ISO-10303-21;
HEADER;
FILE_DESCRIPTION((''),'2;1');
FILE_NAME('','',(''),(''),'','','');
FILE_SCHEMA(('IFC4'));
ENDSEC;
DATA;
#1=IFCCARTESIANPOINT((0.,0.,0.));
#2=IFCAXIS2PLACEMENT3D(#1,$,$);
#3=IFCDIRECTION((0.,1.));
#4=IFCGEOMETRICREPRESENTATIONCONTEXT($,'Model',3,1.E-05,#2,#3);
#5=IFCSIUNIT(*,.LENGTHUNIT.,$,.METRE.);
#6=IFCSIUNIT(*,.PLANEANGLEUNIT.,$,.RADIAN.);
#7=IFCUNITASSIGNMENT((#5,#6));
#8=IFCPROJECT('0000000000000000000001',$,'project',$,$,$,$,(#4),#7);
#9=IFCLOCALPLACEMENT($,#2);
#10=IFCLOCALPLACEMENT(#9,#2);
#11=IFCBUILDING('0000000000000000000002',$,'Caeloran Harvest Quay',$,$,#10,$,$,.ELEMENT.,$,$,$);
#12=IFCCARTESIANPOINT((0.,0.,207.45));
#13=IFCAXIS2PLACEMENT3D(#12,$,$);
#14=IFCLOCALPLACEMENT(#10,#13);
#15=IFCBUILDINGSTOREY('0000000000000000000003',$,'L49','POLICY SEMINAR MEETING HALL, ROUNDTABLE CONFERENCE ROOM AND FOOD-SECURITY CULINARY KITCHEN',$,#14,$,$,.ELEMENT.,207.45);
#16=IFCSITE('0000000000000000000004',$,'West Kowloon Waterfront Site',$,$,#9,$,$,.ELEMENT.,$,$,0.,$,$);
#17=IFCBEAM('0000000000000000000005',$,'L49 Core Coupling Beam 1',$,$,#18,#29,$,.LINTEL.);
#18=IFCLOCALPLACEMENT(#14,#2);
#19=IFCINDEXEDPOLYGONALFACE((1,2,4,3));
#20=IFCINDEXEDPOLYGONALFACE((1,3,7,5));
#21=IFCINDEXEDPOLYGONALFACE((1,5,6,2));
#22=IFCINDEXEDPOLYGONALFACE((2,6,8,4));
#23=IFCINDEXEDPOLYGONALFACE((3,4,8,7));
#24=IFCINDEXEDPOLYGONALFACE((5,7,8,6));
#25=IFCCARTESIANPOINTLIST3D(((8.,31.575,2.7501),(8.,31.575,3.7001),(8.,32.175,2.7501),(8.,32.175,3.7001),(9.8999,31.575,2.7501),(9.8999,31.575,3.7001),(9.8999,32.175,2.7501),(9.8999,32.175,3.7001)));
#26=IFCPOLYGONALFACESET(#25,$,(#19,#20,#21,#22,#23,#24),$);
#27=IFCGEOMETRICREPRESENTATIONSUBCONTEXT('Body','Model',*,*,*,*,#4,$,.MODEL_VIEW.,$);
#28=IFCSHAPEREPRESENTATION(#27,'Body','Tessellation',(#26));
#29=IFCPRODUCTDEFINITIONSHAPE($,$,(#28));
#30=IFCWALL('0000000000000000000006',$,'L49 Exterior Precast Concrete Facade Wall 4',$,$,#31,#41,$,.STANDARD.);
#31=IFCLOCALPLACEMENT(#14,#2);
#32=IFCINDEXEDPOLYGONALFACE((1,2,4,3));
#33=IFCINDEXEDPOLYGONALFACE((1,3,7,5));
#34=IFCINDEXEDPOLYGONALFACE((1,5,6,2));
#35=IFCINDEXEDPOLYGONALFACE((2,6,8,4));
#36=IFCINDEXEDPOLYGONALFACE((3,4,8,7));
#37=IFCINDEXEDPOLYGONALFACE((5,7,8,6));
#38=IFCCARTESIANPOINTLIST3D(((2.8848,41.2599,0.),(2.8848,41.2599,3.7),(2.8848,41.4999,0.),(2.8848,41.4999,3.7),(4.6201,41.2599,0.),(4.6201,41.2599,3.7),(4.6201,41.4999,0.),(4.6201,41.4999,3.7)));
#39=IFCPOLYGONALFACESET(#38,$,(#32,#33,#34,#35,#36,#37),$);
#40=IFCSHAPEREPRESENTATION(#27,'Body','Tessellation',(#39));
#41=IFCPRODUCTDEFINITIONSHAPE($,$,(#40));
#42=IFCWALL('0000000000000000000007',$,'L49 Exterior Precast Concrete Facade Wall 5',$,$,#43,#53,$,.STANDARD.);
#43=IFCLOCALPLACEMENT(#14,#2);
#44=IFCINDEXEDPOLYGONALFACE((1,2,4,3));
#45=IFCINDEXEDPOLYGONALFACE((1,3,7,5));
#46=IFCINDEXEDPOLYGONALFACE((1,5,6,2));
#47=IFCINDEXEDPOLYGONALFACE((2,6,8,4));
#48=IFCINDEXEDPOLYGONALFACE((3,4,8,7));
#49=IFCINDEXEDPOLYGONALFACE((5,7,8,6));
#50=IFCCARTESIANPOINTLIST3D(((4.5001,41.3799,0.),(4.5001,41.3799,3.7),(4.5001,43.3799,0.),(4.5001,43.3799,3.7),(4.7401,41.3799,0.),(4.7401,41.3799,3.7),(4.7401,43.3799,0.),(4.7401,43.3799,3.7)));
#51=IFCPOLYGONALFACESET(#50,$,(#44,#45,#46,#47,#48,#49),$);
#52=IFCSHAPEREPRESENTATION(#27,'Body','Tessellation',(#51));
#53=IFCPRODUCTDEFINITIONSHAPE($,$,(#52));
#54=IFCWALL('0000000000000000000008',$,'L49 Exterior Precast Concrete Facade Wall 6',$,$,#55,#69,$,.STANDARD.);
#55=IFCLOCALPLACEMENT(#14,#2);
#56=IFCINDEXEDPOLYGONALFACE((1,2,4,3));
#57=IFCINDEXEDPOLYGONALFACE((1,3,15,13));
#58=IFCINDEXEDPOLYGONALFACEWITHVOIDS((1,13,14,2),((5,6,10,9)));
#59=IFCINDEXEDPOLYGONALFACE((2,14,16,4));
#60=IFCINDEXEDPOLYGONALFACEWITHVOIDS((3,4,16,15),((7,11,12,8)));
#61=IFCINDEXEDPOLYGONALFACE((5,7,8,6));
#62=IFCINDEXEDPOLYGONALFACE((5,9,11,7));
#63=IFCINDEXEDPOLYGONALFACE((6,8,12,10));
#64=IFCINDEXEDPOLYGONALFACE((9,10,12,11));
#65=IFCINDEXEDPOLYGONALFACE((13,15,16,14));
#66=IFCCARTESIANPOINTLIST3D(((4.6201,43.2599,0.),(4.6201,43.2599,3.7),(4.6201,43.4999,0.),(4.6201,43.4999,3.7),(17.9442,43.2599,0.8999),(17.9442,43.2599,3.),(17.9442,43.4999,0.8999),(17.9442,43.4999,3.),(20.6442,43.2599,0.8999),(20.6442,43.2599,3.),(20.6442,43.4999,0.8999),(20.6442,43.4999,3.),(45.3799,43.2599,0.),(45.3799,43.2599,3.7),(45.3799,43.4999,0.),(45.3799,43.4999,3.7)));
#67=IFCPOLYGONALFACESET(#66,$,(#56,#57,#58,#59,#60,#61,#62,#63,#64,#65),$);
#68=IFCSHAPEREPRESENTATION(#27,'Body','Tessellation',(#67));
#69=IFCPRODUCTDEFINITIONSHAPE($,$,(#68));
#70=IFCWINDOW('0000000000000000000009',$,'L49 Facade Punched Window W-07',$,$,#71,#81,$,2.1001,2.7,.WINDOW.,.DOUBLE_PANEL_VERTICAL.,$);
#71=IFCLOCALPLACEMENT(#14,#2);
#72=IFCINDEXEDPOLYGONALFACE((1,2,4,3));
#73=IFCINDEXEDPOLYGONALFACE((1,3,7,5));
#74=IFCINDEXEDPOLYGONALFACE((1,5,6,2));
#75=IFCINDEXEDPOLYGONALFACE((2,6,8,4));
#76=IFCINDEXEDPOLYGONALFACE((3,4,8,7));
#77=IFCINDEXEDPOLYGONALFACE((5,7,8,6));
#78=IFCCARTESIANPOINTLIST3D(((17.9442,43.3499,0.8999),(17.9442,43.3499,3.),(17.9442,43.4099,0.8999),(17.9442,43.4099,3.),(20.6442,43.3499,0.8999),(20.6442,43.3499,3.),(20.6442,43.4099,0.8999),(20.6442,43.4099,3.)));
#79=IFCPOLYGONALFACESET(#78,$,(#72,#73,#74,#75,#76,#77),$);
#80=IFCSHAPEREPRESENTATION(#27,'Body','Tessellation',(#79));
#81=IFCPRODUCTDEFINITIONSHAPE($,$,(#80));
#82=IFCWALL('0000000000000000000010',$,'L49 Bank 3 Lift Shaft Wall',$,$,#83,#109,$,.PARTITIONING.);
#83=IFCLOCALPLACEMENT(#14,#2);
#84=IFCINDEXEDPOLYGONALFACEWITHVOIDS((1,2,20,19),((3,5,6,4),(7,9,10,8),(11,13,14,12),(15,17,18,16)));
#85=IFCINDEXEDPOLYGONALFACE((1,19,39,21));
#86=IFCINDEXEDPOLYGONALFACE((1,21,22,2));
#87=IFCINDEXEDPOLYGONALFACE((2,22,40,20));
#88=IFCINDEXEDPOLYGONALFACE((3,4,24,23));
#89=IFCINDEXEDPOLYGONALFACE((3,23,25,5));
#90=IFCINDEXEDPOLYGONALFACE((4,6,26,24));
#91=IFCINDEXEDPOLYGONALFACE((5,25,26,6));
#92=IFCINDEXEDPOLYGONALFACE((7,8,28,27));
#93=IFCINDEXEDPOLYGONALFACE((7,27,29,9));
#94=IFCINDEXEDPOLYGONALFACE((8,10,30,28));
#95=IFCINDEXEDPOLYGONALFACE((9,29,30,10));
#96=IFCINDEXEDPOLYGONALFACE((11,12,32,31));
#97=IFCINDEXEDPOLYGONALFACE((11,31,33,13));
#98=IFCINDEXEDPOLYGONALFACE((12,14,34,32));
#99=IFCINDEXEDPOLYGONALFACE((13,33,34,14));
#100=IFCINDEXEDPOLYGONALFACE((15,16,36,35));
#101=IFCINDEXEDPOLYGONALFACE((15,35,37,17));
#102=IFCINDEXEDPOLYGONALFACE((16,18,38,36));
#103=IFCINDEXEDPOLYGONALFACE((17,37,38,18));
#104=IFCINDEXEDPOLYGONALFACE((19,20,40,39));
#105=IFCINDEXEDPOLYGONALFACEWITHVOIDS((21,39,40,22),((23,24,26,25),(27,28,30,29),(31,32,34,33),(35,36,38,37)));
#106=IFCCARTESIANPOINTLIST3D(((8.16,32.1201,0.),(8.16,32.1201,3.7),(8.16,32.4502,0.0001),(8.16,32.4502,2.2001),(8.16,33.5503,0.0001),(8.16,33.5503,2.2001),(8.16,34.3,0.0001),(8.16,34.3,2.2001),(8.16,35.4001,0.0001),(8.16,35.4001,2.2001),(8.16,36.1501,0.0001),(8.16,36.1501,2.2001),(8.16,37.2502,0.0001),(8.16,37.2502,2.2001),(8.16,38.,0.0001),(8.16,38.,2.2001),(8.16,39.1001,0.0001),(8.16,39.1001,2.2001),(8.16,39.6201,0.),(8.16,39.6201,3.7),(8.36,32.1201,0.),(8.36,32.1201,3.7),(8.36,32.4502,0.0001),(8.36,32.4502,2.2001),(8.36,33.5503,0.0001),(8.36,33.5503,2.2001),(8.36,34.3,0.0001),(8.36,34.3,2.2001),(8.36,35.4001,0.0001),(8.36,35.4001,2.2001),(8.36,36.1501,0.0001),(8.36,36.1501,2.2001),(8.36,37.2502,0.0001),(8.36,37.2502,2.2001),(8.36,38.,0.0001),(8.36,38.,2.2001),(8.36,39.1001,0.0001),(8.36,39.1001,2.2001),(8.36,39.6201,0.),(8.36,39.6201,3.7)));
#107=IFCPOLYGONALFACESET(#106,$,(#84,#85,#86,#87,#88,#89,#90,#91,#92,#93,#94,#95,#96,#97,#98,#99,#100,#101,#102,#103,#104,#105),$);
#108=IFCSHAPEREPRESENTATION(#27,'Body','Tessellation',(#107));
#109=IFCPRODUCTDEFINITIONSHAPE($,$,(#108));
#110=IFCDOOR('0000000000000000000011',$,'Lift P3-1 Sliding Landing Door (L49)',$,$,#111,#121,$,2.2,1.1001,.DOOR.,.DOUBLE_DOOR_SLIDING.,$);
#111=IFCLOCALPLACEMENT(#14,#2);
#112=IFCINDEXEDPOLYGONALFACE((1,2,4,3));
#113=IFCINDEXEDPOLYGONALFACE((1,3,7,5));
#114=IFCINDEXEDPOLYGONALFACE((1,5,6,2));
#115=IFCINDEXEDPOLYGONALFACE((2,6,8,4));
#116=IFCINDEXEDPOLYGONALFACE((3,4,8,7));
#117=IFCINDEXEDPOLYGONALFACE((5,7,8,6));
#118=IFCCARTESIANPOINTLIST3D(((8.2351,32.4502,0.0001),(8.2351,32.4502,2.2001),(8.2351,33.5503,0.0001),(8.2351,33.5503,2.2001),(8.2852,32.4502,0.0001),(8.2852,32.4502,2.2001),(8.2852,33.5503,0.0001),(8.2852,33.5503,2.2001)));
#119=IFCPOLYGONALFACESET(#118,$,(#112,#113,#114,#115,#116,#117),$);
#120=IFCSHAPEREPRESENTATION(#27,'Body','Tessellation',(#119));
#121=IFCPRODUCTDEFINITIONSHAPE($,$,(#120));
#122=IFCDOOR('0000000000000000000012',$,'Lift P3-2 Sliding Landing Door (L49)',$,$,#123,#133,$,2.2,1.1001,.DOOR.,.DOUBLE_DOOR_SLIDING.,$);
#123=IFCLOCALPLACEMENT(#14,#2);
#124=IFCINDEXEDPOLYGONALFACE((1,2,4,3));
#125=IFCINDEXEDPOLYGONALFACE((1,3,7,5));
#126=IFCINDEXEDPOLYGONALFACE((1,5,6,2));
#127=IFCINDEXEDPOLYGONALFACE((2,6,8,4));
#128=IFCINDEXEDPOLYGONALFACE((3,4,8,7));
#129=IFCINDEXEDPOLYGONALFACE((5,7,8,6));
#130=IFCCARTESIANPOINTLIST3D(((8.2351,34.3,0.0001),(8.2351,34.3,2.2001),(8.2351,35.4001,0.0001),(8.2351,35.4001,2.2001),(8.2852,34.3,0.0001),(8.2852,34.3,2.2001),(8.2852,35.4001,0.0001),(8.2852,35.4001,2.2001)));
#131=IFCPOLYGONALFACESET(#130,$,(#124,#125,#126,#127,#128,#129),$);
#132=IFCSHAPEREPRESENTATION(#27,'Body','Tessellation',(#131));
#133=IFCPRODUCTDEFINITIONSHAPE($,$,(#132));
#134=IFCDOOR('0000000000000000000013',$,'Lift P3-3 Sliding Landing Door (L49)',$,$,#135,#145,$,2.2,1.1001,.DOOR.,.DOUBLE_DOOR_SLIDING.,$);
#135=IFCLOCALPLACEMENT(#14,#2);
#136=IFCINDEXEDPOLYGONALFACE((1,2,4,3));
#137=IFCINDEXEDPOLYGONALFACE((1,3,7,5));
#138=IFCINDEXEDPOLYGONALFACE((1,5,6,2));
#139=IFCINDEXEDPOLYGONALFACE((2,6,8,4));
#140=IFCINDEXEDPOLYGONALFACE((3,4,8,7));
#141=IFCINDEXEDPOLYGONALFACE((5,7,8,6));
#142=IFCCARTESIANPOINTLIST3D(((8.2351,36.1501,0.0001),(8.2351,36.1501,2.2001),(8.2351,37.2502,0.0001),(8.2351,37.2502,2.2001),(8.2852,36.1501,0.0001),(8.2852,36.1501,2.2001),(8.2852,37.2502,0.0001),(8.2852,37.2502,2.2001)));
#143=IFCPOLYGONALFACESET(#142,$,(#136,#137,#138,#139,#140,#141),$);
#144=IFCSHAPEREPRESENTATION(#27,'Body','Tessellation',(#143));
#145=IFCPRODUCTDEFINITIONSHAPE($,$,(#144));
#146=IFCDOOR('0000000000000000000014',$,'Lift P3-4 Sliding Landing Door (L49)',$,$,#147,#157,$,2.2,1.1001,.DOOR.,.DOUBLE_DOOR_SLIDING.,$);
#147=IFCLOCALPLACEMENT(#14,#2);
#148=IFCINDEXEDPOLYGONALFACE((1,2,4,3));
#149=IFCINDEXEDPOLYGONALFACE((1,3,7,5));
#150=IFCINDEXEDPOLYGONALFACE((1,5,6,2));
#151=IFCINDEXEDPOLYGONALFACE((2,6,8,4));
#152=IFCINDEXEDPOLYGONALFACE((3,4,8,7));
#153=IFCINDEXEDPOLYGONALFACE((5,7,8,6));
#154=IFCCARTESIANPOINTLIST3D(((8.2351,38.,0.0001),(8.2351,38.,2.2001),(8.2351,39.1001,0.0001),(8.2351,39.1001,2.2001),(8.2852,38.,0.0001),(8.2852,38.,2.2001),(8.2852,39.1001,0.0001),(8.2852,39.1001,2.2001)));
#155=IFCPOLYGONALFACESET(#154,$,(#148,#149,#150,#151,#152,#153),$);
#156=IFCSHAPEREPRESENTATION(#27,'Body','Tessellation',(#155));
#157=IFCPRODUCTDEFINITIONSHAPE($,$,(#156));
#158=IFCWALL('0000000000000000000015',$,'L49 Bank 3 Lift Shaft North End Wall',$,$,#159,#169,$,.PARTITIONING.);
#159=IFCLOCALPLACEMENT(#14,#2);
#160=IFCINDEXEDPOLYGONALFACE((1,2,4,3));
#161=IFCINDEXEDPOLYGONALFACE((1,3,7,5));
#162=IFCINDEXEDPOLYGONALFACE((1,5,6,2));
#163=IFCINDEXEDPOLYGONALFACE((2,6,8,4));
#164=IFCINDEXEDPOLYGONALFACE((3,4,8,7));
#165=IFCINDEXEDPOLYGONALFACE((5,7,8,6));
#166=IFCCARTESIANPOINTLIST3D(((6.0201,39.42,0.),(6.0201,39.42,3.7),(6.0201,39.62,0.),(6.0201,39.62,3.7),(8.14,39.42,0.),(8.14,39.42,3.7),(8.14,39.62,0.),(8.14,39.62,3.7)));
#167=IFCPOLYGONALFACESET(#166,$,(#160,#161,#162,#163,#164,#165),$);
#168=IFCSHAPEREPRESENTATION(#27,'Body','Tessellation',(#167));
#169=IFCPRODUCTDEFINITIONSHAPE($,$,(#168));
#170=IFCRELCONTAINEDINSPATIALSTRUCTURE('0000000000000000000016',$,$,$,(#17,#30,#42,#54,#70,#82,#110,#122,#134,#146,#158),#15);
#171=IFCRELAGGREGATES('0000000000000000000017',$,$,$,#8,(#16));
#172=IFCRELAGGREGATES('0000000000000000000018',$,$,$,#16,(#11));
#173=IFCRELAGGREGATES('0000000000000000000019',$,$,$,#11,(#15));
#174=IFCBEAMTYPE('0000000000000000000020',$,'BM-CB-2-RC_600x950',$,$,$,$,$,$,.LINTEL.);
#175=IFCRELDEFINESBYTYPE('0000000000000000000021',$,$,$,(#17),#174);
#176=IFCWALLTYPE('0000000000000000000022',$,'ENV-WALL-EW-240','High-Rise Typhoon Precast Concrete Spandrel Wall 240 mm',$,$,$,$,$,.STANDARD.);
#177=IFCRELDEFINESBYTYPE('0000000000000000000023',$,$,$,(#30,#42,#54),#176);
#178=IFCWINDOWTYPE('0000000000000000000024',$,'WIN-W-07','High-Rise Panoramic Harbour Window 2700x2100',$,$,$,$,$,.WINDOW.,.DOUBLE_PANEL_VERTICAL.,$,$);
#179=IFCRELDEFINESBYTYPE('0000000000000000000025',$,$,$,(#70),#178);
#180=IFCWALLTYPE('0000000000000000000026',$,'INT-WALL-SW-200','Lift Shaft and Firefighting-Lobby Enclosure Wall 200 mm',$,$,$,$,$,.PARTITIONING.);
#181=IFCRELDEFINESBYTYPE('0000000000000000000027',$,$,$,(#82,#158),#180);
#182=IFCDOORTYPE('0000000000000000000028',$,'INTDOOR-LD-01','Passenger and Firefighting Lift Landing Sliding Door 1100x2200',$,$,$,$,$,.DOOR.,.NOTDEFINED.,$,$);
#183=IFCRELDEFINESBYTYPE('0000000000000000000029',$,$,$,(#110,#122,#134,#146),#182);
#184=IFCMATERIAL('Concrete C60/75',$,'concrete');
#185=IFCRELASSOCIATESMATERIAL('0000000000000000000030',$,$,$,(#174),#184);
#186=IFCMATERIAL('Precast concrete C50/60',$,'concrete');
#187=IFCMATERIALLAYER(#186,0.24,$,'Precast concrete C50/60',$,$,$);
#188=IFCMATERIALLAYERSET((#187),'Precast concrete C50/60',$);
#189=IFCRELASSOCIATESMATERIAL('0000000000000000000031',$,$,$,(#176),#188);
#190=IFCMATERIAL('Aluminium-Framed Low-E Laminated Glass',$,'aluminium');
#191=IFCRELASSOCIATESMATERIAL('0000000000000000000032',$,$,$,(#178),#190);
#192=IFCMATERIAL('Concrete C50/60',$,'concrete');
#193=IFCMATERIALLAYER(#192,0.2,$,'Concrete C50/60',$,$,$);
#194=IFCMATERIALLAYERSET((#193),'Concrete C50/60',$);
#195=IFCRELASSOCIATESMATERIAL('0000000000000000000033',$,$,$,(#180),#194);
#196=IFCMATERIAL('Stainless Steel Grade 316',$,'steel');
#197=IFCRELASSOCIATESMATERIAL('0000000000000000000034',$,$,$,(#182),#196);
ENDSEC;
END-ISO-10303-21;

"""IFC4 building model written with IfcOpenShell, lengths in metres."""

from ifc_helpers import new_model, si_unit, direction, frame, frame_2d, origin, origin_2d, place, context, subcontext, project, spatial, rectangle, extrude, material, layer, layer_set, material_profile, profile_set, type_object, element, fill, save


model = new_model("IFC4")

# Units and contexts
model_context = context("Model", 3, precision=1e-05, world=origin(), true_north=direction((0.0, 1.0)))
body_context = subcontext(model_context, "Body", "Model", "MODEL_VIEW")
ifc_project = project(units=[si_unit("LENGTHUNIT", "METRE"), si_unit("PLANEANGLEUNIT", "RADIAN")], contexts=[model_context])

# Site, building, storey
site_placement = place(None, origin())
site = spatial("IfcSite", under=ifc_project, at=site_placement, Name="West Kowloon Waterfront Site", CompositionType="ELEMENT", RefElevation=0.0)
building_placement = place(site_placement, origin())
building = spatial("IfcBuilding", under=site, at=building_placement, Name="Caeloran Harvest Quay", CompositionType="ELEMENT")
storey_placement = place(building_placement, frame((0.0, 0.0, 207.45)))
storey = spatial("IfcBuildingStorey", under=building, at=storey_placement, Name="L49", Description="POLICY SEMINAR MEETING HALL, ROUNDTABLE CONFERENCE ROOM AND FOOD-SECURITY CULINARY KITCHEN", CompositionType="ELEMENT", Elevation=207.45)

# Beam
ifc_material_1 = material(Name="Concrete C60/75", Category="concrete")
ifc_material_profile = material_profile(ifc_material_1, rectangle(XDim=0.6001, YDim=0.95, at=origin_2d()), Name="RC 600x950")
ifc_profile_set = profile_set([ifc_material_profile], Name="Concrete C60/75")
beam_type = type_object("IfcBeamType", Name="BM-CB-2-RC_600x950", PredefinedType="LINTEL", material=ifc_profile_set)
beam_placement = place(storey_placement, frame((8.0, 31.875, 3.2251), z_axis=(1.0, 0.0, 0.0), x_axis=(0.0, 1.0, 0.0)))
element("IfcBeam", 1, at=beam_placement, inside=storey, type_object=beam_type, Name="L49 Core Coupling Beam 1", PredefinedType="LINTEL", context=body_context, shape_type="SweptSolid", body=[
    extrude(rectangle(XDim=0.6001, YDim=0.95, at=origin_2d()), origin(), (0.0, 0.0, 1.0), 1.8999),
])

# Walls
ifc_material_2 = material(Name="Precast concrete C50/60", Category="concrete")
ifc_layer_1 = layer(ifc_material_2, 0.24, Name="Precast concrete C50/60")
ifc_layer_set_1 = layer_set([ifc_layer_1], Name="Precast concrete C50/60")
wall_type_1 = type_object("IfcWallType", Name="ENV-WALL-EW-240", Description="High-Rise Typhoon Precast Concrete Spandrel Wall 240 mm", PredefinedType="STANDARD", material=ifc_layer_set_1)
wall_1_placement = place(storey_placement, frame((2.8848, 41.3799, 0.0), z_axis=(0.0, 0.0, 1.0), x_axis=(1.0, 0.0, 0.0)))
element("IfcWall", 2, at=wall_1_placement, inside=storey, type_object=wall_type_1, Name="L49 Exterior Precast Concrete Facade Wall 4", PredefinedType="STANDARD", context=body_context, shape_type="SweptSolid", body=[
    extrude(rectangle(XDim=1.7354, YDim=0.24, at=frame_2d((0.8677, 0.0))), origin(), (0.0, 0.0, 1.0), 3.7),
])
wall_2_placement = place(storey_placement, frame((4.6201, 41.3799, 0.0), z_axis=(0.0, 0.0, 1.0), x_axis=(0.0, 1.0, 0.0)))
element("IfcWall", 3, at=wall_2_placement, inside=storey, type_object=wall_type_1, Name="L49 Exterior Precast Concrete Facade Wall 5", PredefinedType="STANDARD", context=body_context, shape_type="SweptSolid", body=[
    extrude(rectangle(XDim=2.0, YDim=0.24, at=frame_2d((1.0, 0.0))), origin(), (0.0, 0.0, 1.0), 3.7),
])

# Wall, opening, window
wall_3_placement = place(storey_placement, frame((4.6201, 43.3799, 0.0), z_axis=(0.0, 0.0, 1.0), x_axis=(1.0, 0.0, 0.0)))
wall_3 = element("IfcWall", 4, at=wall_3_placement, inside=storey, type_object=wall_type_1, Name="L49 Exterior Precast Concrete Facade Wall 6", PredefinedType="STANDARD", context=body_context, shape_type="SweptSolid", body=[
    extrude(rectangle(XDim=40.7598, YDim=0.24, at=frame_2d((20.3799, 0.0))), origin(), (0.0, 0.0, 1.0), 3.7),
])
opening_1_placement = place(wall_3_placement, frame((13.324, 0.0, 0.8999)))
opening_1 = element("IfcOpeningElement", 5, at=opening_1_placement, cuts=wall_3, PredefinedType="OPENING", context=body_context, shape_type="SweptSolid", body=[
    extrude(rectangle(XDim=2.7, YDim=2.1001, at=frame_2d((1.3501, 1.05))), frame((0.0, 0.1299, 0.0), z_axis=(0.0, -1.0, 0.0), x_axis=(1.0, 0.0, 0.0)), (0.0, 0.0, 1.0), 0.26),
])
ifc_material_3 = material(Name="Aluminium-Framed Low-E Laminated Glass", Category="aluminium")
window_type = type_object("IfcWindowType", Name="WIN-W-07", Description="High-Rise Panoramic Harbour Window 2700x2100", PartitioningType="DOUBLE_PANEL_VERTICAL", PredefinedType="WINDOW", material=ifc_material_3)
window_placement = place(opening_1_placement, origin())
window = element("IfcWindow", 6, at=window_placement, inside=storey, type_object=window_type, Name="L49 Facade Punched Window W-07", OverallHeight=2.1001, OverallWidth=2.7, PartitioningType="DOUBLE_PANEL_VERTICAL", PredefinedType="WINDOW", context=body_context, shape_type="SweptSolid", body=[
    extrude(rectangle(XDim=2.7, YDim=2.1001, at=frame_2d((1.3501, 1.05))), frame((0.0, 0.03, 0.0), z_axis=(0.0, -1.0, 0.0), x_axis=(1.0, 0.0, 0.0)), (0.0, 0.0, 1.0), 0.0601),
])
fill(opening_1, window)

# Wall, openings, doors
ifc_material_4 = material(Name="Concrete C50/60", Category="concrete")
ifc_layer_2 = layer(ifc_material_4, 0.2, Name="Concrete C50/60")
ifc_layer_set_2 = layer_set([ifc_layer_2], Name="Concrete C50/60")
wall_type_2 = type_object("IfcWallType", Name="INT-WALL-SW-200", Description="Lift Shaft and Firefighting-Lobby Enclosure Wall 200 mm", PredefinedType="PARTITIONING", material=ifc_layer_set_2)
wall_4_placement = place(storey_placement, frame((8.26, 32.1201, 0.0), z_axis=(0.0, 0.0, 1.0), x_axis=(0.0, 1.0, 0.0)))
wall_4 = element("IfcWall", 7, at=wall_4_placement, inside=storey, type_object=wall_type_2, Name="L49 Bank 3 Lift Shaft Wall", PredefinedType="PARTITIONING", context=body_context, shape_type="SweptSolid", body=[
    extrude(rectangle(XDim=7.5, YDim=0.2, at=frame_2d((3.75, 0.0))), origin(), (0.0, 0.0, 1.0), 3.7),
])
opening_2_placement = place(wall_4_placement, frame((0.3301, 0.0, 0.0)))
opening_2 = element("IfcOpeningElement", 8, at=opening_2_placement, cuts=wall_4, PredefinedType="OPENING", context=body_context, shape_type="SweptSolid", body=[
    extrude(rectangle(XDim=1.1001, YDim=2.2, at=frame_2d((0.55, 1.1001))), frame((0.0, 0.1099, 0.0), z_axis=(0.0, -1.0, 0.0), x_axis=(1.0, 0.0, 0.0)), (0.0, 0.0, 1.0), 0.22),
])
opening_3_placement = place(wall_4_placement, frame((2.1799, 0.0, 0.0)))
opening_3 = element("IfcOpeningElement", 9, at=opening_3_placement, cuts=wall_4, PredefinedType="OPENING", context=body_context, shape_type="SweptSolid", body=[
    extrude(rectangle(XDim=1.1001, YDim=2.2, at=frame_2d((0.55, 1.1001))), frame((0.0, 0.1099, 0.0), z_axis=(0.0, -1.0, 0.0), x_axis=(1.0, 0.0, 0.0)), (0.0, 0.0, 1.0), 0.22),
])
opening_4_placement = place(wall_4_placement, frame((4.03, 0.0, 0.0)))
opening_4 = element("IfcOpeningElement", 10, at=opening_4_placement, cuts=wall_4, PredefinedType="OPENING", context=body_context, shape_type="SweptSolid", body=[
    extrude(rectangle(XDim=1.1001, YDim=2.2, at=frame_2d((0.55, 1.1001))), frame((0.0, 0.1099, 0.0), z_axis=(0.0, -1.0, 0.0), x_axis=(1.0, 0.0, 0.0)), (0.0, 0.0, 1.0), 0.22),
])
opening_5_placement = place(wall_4_placement, frame((5.8799, 0.0, 0.0)))
opening_5 = element("IfcOpeningElement", 11, at=opening_5_placement, cuts=wall_4, PredefinedType="OPENING", context=body_context, shape_type="SweptSolid", body=[
    extrude(rectangle(XDim=1.1001, YDim=2.2, at=frame_2d((0.55, 1.1001))), frame((0.0, 0.1099, 0.0), z_axis=(0.0, -1.0, 0.0), x_axis=(1.0, 0.0, 0.0)), (0.0, 0.0, 1.0), 0.22),
])
ifc_material_5 = material(Name="Stainless Steel Grade 316", Category="steel")
door_type_1 = type_object("IfcDoorType", Name="INTDOOR-LD-01", Description="Passenger and Firefighting Lift Landing Sliding Door 1100x2200", OperationType="NOTDEFINED", PredefinedType="DOOR", material=ifc_material_5)
door_1_placement = place(opening_2_placement, origin())
door_1 = element("IfcDoor", 12, at=door_1_placement, inside=storey, type_object=door_type_1, Name="Lift P3-1 Sliding Landing Door (L49)", OperationType="DOUBLE_DOOR_SLIDING", OverallHeight=2.2, OverallWidth=1.1001, PredefinedType="DOOR", context=body_context, shape_type="SweptSolid", body=[
    extrude(rectangle(XDim=1.1001, YDim=2.2, at=frame_2d((0.55, 1.1001))), frame((0.0, 0.0249, 0.0), z_axis=(0.0, -1.0, 0.0), x_axis=(1.0, 0.0, 0.0)), (0.0, 0.0, 1.0), 0.05),
])
fill(opening_2, door_1)
door_2_placement = place(opening_3_placement, origin())
door_2 = element("IfcDoor", 13, at=door_2_placement, inside=storey, type_object=door_type_1, Name="Lift P3-2 Sliding Landing Door (L49)", OperationType="DOUBLE_DOOR_SLIDING", OverallHeight=2.2, OverallWidth=1.1001, PredefinedType="DOOR", context=body_context, shape_type="SweptSolid", body=[
    extrude(rectangle(XDim=1.1001, YDim=2.2, at=frame_2d((0.55, 1.1001))), frame((0.0, 0.0249, 0.0), z_axis=(0.0, -1.0, 0.0), x_axis=(1.0, 0.0, 0.0)), (0.0, 0.0, 1.0), 0.05),
])
fill(opening_3, door_2)
door_3_placement = place(opening_4_placement, origin())
door_3 = element("IfcDoor", 14, at=door_3_placement, inside=storey, type_object=door_type_1, Name="Lift P3-3 Sliding Landing Door (L49)", OperationType="DOUBLE_DOOR_SLIDING", OverallHeight=2.2, OverallWidth=1.1001, PredefinedType="DOOR", context=body_context, shape_type="SweptSolid", body=[
    extrude(rectangle(XDim=1.1001, YDim=2.2, at=frame_2d((0.55, 1.1001))), frame((0.0, 0.0249, 0.0), z_axis=(0.0, -1.0, 0.0), x_axis=(1.0, 0.0, 0.0)), (0.0, 0.0, 1.0), 0.05),
])
fill(opening_4, door_3)
door_4_placement = place(opening_5_placement, origin())
door_4 = element("IfcDoor", 15, at=door_4_placement, inside=storey, type_object=door_type_1, Name="Lift P3-4 Sliding Landing Door (L49)", OperationType="DOUBLE_DOOR_SLIDING", OverallHeight=2.2, OverallWidth=1.1001, PredefinedType="DOOR", context=body_context, shape_type="SweptSolid", body=[
    extrude(rectangle(XDim=1.1001, YDim=2.2, at=frame_2d((0.55, 1.1001))), frame((0.0, 0.0249, 0.0), z_axis=(0.0, -1.0, 0.0), x_axis=(1.0, 0.0, 0.0)), (0.0, 0.0, 1.0), 0.05),
])
fill(opening_5, door_4)

# Wall
wall_5_placement = place(storey_placement, frame((6.02, 39.52, 0.0), z_axis=(0.0, 0.0, 1.0), x_axis=(1.0, 0.0, 0.0)))
element("IfcWall", 16, at=wall_5_placement, inside=storey, type_object=wall_type_2, Name="L49 Bank 3 Lift Shaft North End Wall", PredefinedType="PARTITIONING", context=body_context, shape_type="SweptSolid", body=[
    extrude(rectangle(XDim=2.1199, YDim=0.2, at=frame_2d((1.0601, 0.0))), origin(), (0.0, 0.0, 1.0), 3.7),
])

save(model, "model.ifc")
